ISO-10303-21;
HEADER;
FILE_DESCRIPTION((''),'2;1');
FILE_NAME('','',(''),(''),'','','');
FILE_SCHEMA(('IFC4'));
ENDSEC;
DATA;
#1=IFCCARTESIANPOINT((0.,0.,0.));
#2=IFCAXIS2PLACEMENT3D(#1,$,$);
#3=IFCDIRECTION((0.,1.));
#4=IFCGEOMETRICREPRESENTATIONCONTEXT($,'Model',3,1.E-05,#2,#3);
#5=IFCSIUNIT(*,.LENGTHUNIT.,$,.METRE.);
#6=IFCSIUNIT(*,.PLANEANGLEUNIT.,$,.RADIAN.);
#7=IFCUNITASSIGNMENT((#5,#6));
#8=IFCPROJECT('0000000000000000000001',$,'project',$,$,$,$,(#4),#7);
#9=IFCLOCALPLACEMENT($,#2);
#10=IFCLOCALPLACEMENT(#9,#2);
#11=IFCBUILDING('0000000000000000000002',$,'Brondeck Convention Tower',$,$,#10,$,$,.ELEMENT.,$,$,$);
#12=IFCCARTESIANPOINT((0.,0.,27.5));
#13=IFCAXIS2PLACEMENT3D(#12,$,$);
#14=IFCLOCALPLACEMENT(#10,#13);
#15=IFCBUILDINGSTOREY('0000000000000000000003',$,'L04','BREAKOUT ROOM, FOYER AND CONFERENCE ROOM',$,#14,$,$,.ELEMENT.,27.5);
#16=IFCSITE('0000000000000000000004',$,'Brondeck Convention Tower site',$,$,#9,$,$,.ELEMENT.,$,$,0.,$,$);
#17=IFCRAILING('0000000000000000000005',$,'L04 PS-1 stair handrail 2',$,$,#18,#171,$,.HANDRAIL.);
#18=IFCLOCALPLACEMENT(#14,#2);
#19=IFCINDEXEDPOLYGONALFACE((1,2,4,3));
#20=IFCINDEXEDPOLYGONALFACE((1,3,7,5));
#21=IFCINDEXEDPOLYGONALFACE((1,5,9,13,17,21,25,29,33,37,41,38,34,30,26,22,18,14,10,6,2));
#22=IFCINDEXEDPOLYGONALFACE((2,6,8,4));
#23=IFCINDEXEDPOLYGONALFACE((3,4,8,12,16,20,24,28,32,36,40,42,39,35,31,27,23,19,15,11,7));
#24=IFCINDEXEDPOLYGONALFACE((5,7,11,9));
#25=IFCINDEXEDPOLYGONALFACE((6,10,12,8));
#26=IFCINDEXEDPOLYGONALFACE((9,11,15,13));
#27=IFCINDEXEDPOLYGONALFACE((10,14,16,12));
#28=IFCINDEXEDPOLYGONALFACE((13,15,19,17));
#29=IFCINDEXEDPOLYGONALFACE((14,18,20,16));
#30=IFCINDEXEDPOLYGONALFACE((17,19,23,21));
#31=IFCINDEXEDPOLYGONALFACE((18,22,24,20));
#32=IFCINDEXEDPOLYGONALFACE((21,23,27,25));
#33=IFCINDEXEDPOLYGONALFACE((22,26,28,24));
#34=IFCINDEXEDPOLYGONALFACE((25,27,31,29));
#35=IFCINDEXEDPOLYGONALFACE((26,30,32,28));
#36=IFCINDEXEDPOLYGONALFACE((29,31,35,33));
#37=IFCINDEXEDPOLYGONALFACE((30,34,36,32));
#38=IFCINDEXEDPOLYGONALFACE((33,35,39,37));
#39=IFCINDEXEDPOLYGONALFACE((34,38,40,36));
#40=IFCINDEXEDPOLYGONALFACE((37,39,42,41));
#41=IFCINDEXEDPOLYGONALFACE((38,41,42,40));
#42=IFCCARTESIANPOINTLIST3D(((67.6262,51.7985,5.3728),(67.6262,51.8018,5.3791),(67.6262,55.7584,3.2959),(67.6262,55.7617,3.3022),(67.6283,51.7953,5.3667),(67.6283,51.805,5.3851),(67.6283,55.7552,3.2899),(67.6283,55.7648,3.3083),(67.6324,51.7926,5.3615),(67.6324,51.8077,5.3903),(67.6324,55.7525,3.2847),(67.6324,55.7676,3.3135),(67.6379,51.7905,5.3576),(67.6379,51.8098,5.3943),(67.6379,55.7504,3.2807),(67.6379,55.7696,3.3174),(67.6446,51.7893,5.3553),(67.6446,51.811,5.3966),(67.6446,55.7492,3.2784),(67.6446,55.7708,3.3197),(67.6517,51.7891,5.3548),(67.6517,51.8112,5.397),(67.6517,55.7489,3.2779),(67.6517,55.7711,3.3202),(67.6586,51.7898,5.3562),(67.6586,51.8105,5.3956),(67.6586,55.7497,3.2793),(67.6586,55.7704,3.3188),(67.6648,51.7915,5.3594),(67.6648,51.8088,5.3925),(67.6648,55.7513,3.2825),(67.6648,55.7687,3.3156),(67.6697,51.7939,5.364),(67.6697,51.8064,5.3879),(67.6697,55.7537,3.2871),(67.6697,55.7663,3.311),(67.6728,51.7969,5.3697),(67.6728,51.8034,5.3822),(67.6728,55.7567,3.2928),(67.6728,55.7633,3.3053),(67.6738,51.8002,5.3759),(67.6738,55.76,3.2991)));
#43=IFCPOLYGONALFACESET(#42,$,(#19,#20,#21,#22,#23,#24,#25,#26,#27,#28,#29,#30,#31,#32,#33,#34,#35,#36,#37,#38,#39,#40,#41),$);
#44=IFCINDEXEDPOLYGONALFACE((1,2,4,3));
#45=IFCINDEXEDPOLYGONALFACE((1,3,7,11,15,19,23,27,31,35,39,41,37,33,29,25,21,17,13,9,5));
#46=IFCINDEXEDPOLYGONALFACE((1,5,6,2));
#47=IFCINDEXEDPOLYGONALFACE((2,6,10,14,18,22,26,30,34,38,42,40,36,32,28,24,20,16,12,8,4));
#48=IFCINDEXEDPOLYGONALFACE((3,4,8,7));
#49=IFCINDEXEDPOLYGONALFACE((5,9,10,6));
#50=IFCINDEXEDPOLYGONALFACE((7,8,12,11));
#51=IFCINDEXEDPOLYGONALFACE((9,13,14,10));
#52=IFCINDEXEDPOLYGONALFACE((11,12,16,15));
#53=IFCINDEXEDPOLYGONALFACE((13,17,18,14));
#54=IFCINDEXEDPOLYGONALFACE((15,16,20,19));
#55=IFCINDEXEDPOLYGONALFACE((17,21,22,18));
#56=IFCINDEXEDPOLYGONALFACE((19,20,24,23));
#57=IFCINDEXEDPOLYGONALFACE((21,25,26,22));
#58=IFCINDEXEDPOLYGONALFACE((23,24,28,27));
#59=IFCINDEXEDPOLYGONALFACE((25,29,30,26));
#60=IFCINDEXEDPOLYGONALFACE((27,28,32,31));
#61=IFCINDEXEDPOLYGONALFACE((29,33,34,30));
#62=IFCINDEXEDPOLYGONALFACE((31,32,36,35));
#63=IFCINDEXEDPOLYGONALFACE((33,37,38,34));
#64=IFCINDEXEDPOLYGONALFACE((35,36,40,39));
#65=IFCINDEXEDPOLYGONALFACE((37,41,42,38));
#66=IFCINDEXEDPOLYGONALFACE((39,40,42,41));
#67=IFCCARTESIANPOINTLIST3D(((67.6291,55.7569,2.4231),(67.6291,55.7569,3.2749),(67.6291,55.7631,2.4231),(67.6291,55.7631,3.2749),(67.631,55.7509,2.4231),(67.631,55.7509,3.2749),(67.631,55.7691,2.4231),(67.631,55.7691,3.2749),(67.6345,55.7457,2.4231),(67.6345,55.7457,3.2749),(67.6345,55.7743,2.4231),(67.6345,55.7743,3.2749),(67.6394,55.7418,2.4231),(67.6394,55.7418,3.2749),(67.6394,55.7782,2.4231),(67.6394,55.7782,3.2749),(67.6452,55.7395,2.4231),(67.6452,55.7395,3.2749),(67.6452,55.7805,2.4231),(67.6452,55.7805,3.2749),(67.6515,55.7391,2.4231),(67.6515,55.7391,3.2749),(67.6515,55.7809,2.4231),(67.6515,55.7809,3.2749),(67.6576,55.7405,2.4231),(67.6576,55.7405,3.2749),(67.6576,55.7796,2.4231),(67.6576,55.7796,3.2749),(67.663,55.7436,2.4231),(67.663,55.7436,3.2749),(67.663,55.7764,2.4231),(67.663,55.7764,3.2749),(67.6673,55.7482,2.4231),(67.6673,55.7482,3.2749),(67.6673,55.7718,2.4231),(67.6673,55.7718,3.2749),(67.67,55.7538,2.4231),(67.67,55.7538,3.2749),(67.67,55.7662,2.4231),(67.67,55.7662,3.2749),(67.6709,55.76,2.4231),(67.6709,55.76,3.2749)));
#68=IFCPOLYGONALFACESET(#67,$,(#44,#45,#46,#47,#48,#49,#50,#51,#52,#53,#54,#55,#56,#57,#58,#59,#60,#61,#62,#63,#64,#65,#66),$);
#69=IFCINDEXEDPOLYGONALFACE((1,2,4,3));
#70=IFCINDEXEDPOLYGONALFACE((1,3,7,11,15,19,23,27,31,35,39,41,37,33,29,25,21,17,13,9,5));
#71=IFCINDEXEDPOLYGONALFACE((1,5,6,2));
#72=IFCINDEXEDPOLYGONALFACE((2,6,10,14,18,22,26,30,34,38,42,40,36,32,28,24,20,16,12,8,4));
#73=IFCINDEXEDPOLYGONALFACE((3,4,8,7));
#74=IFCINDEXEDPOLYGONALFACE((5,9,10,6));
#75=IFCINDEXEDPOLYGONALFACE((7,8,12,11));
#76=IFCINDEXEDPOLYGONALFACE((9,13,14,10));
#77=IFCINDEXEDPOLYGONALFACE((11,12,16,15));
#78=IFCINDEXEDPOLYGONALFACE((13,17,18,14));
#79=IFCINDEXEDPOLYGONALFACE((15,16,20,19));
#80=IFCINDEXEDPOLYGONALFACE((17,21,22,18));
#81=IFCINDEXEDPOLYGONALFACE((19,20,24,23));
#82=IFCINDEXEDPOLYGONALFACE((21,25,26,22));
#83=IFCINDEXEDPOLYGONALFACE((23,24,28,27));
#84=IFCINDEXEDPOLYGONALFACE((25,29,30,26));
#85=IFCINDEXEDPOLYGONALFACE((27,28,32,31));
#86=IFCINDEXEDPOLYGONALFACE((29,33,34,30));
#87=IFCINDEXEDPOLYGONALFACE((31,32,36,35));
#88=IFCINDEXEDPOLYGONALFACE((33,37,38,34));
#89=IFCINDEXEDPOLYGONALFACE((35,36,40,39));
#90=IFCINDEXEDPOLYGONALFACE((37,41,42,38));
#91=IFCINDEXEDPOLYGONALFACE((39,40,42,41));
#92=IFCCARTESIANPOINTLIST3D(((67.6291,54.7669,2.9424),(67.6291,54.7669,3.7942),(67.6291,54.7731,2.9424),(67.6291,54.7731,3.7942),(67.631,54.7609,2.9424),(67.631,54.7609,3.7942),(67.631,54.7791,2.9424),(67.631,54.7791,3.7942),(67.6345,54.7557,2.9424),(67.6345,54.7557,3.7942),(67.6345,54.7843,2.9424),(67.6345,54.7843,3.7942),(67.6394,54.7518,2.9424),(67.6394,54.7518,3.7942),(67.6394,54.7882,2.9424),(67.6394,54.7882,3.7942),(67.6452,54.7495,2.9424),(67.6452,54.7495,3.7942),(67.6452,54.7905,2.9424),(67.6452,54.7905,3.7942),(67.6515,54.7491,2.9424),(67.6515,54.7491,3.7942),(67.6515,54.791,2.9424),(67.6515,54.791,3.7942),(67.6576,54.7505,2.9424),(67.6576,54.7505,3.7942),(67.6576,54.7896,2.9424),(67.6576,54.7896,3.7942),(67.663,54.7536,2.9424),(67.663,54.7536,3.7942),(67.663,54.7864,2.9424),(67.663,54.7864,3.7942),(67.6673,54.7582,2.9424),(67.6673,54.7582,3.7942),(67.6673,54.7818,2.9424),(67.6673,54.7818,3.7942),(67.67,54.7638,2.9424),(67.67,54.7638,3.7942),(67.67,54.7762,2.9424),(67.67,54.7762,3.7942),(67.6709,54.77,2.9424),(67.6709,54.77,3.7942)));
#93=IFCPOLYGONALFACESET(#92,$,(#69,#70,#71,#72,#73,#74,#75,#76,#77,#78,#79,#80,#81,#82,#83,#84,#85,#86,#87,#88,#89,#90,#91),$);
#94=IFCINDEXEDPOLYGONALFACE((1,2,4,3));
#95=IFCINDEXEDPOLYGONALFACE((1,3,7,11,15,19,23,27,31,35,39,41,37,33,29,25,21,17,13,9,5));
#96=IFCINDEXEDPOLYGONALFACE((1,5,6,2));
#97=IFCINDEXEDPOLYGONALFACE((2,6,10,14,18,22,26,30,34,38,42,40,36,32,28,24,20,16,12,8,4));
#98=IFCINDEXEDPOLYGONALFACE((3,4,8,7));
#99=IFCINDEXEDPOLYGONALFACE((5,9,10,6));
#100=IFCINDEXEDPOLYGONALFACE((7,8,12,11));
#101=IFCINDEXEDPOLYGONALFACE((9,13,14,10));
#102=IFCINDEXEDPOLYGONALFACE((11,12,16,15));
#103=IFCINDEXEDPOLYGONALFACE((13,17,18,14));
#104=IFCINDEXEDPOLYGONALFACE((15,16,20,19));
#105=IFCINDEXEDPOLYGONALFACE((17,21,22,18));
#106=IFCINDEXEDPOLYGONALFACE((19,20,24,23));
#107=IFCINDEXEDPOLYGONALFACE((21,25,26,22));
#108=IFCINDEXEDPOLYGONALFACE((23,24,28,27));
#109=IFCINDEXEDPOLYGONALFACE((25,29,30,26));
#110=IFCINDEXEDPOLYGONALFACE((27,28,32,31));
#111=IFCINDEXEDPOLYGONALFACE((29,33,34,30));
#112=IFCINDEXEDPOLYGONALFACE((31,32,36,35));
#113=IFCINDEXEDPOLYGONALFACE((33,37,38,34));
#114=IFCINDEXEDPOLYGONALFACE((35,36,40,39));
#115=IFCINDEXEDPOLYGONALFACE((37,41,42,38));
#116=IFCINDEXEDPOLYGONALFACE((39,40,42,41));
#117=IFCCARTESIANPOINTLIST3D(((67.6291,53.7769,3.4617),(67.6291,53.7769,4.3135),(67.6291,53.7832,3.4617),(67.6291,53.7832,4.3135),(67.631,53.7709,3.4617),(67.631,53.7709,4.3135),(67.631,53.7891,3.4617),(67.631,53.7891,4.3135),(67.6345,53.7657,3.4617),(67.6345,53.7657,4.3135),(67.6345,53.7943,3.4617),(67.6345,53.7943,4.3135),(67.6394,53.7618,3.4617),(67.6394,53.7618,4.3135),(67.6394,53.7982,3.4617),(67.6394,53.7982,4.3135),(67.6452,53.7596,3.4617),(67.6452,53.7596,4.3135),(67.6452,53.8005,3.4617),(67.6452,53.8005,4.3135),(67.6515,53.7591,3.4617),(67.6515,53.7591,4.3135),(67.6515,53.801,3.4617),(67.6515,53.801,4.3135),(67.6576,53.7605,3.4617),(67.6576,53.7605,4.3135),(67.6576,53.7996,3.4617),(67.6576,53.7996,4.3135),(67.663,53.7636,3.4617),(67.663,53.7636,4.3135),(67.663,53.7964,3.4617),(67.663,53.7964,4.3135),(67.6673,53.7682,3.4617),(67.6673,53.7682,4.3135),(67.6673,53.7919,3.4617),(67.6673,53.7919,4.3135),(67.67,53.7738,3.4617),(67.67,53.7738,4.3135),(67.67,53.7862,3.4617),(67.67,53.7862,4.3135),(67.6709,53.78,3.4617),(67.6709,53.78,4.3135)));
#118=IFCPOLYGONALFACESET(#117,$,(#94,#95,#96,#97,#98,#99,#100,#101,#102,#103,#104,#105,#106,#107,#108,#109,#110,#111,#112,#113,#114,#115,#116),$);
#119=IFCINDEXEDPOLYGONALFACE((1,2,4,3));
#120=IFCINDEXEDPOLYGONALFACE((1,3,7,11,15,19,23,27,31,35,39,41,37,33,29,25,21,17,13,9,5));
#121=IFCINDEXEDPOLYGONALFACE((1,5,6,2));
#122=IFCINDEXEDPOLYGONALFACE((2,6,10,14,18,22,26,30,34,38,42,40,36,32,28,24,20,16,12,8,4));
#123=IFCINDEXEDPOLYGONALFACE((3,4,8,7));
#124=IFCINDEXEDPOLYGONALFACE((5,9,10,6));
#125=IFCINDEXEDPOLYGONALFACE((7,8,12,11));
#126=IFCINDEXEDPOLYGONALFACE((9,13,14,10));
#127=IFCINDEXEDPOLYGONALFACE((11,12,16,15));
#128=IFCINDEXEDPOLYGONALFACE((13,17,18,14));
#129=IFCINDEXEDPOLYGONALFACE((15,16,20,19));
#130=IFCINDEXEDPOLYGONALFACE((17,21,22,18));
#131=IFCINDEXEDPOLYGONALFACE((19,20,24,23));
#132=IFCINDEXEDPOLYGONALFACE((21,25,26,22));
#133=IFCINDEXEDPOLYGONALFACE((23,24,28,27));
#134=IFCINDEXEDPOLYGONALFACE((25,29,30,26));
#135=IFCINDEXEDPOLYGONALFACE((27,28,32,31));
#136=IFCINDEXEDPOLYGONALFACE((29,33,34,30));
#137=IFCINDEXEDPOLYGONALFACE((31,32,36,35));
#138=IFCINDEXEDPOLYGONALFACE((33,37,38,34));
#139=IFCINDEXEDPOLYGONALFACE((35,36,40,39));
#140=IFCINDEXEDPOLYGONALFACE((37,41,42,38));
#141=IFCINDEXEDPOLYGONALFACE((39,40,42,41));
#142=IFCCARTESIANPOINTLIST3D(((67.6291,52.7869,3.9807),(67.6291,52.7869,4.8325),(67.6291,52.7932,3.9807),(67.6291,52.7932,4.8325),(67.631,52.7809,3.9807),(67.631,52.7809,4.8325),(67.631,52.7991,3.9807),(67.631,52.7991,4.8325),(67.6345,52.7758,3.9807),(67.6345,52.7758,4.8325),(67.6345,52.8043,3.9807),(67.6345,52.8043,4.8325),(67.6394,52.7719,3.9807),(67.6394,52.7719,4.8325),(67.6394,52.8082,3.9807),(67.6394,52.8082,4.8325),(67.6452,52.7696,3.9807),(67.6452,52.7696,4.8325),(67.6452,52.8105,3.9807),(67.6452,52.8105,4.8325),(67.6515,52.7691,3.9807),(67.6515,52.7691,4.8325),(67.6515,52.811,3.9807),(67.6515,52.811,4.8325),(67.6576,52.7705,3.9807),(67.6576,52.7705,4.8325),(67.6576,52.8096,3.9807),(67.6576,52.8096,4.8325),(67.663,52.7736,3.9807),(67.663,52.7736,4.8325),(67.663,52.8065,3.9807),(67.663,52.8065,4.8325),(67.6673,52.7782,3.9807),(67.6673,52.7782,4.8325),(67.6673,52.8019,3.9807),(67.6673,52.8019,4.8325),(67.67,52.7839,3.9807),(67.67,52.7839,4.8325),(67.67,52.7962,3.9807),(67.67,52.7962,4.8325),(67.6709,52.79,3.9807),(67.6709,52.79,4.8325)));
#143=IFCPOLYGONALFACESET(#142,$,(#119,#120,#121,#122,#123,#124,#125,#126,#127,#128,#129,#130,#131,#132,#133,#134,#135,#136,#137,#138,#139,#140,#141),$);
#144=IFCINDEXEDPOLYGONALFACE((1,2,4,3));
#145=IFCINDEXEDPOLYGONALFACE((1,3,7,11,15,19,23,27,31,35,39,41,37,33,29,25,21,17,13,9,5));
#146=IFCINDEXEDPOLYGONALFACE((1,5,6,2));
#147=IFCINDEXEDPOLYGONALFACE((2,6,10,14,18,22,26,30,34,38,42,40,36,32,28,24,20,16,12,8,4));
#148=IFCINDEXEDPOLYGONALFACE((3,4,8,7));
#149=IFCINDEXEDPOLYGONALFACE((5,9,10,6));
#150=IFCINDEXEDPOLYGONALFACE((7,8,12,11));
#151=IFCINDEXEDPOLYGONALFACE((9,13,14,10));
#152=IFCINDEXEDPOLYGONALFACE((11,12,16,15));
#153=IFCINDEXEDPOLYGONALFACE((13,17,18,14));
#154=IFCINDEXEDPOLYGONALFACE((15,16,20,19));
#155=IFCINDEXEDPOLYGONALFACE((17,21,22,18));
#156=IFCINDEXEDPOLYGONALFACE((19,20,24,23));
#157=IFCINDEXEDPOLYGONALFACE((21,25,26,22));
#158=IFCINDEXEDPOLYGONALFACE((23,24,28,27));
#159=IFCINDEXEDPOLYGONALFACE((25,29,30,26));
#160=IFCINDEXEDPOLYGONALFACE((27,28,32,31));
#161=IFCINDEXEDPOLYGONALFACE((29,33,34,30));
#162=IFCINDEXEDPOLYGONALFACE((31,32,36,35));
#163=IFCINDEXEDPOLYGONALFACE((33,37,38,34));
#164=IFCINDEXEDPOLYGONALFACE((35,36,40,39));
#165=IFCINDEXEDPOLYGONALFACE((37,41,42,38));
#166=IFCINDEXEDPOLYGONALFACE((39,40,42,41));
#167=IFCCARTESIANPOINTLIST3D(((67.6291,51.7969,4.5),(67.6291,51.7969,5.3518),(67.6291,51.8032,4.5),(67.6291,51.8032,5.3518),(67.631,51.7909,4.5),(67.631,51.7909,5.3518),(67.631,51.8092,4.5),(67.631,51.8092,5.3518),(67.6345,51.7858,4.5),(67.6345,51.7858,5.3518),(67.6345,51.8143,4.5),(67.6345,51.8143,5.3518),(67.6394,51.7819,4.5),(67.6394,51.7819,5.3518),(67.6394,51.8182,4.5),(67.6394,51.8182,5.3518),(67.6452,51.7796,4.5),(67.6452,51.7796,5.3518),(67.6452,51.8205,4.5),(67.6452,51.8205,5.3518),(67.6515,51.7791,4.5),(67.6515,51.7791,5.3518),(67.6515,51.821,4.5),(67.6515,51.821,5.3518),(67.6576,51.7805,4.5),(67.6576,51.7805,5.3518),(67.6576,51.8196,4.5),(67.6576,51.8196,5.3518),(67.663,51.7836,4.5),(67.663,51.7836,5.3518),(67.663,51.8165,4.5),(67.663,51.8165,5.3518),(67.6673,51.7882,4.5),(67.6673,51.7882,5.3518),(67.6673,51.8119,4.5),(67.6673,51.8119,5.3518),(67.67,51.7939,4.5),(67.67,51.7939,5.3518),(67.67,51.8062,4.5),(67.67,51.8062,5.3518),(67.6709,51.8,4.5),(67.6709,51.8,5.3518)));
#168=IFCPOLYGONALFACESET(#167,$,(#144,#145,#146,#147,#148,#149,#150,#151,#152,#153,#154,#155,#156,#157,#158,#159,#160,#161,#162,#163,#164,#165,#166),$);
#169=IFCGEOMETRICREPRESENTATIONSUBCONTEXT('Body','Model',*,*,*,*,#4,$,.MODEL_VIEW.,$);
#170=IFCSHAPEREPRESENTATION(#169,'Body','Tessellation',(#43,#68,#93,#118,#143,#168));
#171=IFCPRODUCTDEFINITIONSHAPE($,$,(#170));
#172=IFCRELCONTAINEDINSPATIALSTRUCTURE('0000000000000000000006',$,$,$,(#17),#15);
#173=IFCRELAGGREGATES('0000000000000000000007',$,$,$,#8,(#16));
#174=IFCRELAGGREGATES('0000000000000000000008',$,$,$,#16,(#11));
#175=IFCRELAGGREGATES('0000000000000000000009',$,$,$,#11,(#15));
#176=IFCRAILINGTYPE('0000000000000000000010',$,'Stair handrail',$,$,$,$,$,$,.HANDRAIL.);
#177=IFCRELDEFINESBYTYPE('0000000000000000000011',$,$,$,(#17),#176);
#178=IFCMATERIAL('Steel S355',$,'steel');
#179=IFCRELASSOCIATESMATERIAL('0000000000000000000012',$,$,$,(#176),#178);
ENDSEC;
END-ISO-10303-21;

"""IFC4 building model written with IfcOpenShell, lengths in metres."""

from ifc_helpers import new_model, si_unit, direction, frame, origin, origin_2d, place, context, subcontext, project, spatial, circle, extrude, material, type_object, element, save


model = new_model("IFC4")

# Units and contexts
model_context = context("Model", 3, precision=1e-05, world=origin(), true_north=direction((0.0, 1.0)))
body_context = subcontext(model_context, "Body", "Model", "MODEL_VIEW")
ifc_project = project(units=[si_unit("LENGTHUNIT", "METRE"), si_unit("PLANEANGLEUNIT", "RADIAN")], contexts=[model_context])

# Site, building, storey
site_placement = place(None, origin())
site = spatial("IfcSite", under=ifc_project, at=site_placement, Name="Brondeck Convention Tower site", CompositionType="ELEMENT", RefElevation=0.0)
building_placement = place(site_placement, origin())
building = spatial("IfcBuilding", under=site, at=building_placement, Name="Brondeck Convention Tower", CompositionType="ELEMENT")
storey_placement = place(building_placement, frame((0.0, 0.0, 27.5)))
storey = spatial("IfcBuildingStorey", under=building, at=storey_placement, Name="L04", Description="BREAKOUT ROOM, FOYER AND CONFERENCE ROOM", CompositionType="ELEMENT", Elevation=27.5)

# Railing
ifc_material_1 = material(Name="Steel S355", Category="steel")
railing_type = type_object("IfcRailingType", Name="Stair handrail", PredefinedType="HANDRAIL", material=ifc_material_1)
railing_1_placement = place(storey_placement, frame((67.6499, 55.76, 2.4231)))
element("IfcRailing", 1, at=railing_1_placement, inside=storey, type_object=railing_type, Name="L04 PS-1 stair handrail 2", PredefinedType="HANDRAIL", context=body_context, shape_type="SweptSolid", body=[
    extrude(circle(Radius=0.0239, at=origin_2d()), frame((0.0, 0.0, 0.876), z_axis=(0.0, -0.885589, 0.46447), x_axis=(1.0, 0.0, 0.0)), (0.0, 0.0, 1.0), 4.4714),
    extrude(circle(Radius=0.021, at=origin_2d()), origin(), (0.0, 0.0, 1.0), 0.8518),
    extrude(circle(Radius=0.021, at=origin_2d()), frame((0.0, -0.99, 0.5193)), (0.0, 0.0, 1.0), 0.8518),
    extrude(circle(Radius=0.021, at=origin_2d()), frame((0.0, -1.98, 1.0386)), (0.0, 0.0, 1.0), 0.8518),
    extrude(circle(Radius=0.021, at=origin_2d()), frame((0.0, -2.97, 1.5576)), (0.0, 0.0, 1.0), 0.8518),
    extrude(circle(Radius=0.021, at=origin_2d()), frame((0.0, -3.96, 2.0769)), (0.0, 0.0, 1.0), 0.8518),
])

save(model, "model.ifc")
